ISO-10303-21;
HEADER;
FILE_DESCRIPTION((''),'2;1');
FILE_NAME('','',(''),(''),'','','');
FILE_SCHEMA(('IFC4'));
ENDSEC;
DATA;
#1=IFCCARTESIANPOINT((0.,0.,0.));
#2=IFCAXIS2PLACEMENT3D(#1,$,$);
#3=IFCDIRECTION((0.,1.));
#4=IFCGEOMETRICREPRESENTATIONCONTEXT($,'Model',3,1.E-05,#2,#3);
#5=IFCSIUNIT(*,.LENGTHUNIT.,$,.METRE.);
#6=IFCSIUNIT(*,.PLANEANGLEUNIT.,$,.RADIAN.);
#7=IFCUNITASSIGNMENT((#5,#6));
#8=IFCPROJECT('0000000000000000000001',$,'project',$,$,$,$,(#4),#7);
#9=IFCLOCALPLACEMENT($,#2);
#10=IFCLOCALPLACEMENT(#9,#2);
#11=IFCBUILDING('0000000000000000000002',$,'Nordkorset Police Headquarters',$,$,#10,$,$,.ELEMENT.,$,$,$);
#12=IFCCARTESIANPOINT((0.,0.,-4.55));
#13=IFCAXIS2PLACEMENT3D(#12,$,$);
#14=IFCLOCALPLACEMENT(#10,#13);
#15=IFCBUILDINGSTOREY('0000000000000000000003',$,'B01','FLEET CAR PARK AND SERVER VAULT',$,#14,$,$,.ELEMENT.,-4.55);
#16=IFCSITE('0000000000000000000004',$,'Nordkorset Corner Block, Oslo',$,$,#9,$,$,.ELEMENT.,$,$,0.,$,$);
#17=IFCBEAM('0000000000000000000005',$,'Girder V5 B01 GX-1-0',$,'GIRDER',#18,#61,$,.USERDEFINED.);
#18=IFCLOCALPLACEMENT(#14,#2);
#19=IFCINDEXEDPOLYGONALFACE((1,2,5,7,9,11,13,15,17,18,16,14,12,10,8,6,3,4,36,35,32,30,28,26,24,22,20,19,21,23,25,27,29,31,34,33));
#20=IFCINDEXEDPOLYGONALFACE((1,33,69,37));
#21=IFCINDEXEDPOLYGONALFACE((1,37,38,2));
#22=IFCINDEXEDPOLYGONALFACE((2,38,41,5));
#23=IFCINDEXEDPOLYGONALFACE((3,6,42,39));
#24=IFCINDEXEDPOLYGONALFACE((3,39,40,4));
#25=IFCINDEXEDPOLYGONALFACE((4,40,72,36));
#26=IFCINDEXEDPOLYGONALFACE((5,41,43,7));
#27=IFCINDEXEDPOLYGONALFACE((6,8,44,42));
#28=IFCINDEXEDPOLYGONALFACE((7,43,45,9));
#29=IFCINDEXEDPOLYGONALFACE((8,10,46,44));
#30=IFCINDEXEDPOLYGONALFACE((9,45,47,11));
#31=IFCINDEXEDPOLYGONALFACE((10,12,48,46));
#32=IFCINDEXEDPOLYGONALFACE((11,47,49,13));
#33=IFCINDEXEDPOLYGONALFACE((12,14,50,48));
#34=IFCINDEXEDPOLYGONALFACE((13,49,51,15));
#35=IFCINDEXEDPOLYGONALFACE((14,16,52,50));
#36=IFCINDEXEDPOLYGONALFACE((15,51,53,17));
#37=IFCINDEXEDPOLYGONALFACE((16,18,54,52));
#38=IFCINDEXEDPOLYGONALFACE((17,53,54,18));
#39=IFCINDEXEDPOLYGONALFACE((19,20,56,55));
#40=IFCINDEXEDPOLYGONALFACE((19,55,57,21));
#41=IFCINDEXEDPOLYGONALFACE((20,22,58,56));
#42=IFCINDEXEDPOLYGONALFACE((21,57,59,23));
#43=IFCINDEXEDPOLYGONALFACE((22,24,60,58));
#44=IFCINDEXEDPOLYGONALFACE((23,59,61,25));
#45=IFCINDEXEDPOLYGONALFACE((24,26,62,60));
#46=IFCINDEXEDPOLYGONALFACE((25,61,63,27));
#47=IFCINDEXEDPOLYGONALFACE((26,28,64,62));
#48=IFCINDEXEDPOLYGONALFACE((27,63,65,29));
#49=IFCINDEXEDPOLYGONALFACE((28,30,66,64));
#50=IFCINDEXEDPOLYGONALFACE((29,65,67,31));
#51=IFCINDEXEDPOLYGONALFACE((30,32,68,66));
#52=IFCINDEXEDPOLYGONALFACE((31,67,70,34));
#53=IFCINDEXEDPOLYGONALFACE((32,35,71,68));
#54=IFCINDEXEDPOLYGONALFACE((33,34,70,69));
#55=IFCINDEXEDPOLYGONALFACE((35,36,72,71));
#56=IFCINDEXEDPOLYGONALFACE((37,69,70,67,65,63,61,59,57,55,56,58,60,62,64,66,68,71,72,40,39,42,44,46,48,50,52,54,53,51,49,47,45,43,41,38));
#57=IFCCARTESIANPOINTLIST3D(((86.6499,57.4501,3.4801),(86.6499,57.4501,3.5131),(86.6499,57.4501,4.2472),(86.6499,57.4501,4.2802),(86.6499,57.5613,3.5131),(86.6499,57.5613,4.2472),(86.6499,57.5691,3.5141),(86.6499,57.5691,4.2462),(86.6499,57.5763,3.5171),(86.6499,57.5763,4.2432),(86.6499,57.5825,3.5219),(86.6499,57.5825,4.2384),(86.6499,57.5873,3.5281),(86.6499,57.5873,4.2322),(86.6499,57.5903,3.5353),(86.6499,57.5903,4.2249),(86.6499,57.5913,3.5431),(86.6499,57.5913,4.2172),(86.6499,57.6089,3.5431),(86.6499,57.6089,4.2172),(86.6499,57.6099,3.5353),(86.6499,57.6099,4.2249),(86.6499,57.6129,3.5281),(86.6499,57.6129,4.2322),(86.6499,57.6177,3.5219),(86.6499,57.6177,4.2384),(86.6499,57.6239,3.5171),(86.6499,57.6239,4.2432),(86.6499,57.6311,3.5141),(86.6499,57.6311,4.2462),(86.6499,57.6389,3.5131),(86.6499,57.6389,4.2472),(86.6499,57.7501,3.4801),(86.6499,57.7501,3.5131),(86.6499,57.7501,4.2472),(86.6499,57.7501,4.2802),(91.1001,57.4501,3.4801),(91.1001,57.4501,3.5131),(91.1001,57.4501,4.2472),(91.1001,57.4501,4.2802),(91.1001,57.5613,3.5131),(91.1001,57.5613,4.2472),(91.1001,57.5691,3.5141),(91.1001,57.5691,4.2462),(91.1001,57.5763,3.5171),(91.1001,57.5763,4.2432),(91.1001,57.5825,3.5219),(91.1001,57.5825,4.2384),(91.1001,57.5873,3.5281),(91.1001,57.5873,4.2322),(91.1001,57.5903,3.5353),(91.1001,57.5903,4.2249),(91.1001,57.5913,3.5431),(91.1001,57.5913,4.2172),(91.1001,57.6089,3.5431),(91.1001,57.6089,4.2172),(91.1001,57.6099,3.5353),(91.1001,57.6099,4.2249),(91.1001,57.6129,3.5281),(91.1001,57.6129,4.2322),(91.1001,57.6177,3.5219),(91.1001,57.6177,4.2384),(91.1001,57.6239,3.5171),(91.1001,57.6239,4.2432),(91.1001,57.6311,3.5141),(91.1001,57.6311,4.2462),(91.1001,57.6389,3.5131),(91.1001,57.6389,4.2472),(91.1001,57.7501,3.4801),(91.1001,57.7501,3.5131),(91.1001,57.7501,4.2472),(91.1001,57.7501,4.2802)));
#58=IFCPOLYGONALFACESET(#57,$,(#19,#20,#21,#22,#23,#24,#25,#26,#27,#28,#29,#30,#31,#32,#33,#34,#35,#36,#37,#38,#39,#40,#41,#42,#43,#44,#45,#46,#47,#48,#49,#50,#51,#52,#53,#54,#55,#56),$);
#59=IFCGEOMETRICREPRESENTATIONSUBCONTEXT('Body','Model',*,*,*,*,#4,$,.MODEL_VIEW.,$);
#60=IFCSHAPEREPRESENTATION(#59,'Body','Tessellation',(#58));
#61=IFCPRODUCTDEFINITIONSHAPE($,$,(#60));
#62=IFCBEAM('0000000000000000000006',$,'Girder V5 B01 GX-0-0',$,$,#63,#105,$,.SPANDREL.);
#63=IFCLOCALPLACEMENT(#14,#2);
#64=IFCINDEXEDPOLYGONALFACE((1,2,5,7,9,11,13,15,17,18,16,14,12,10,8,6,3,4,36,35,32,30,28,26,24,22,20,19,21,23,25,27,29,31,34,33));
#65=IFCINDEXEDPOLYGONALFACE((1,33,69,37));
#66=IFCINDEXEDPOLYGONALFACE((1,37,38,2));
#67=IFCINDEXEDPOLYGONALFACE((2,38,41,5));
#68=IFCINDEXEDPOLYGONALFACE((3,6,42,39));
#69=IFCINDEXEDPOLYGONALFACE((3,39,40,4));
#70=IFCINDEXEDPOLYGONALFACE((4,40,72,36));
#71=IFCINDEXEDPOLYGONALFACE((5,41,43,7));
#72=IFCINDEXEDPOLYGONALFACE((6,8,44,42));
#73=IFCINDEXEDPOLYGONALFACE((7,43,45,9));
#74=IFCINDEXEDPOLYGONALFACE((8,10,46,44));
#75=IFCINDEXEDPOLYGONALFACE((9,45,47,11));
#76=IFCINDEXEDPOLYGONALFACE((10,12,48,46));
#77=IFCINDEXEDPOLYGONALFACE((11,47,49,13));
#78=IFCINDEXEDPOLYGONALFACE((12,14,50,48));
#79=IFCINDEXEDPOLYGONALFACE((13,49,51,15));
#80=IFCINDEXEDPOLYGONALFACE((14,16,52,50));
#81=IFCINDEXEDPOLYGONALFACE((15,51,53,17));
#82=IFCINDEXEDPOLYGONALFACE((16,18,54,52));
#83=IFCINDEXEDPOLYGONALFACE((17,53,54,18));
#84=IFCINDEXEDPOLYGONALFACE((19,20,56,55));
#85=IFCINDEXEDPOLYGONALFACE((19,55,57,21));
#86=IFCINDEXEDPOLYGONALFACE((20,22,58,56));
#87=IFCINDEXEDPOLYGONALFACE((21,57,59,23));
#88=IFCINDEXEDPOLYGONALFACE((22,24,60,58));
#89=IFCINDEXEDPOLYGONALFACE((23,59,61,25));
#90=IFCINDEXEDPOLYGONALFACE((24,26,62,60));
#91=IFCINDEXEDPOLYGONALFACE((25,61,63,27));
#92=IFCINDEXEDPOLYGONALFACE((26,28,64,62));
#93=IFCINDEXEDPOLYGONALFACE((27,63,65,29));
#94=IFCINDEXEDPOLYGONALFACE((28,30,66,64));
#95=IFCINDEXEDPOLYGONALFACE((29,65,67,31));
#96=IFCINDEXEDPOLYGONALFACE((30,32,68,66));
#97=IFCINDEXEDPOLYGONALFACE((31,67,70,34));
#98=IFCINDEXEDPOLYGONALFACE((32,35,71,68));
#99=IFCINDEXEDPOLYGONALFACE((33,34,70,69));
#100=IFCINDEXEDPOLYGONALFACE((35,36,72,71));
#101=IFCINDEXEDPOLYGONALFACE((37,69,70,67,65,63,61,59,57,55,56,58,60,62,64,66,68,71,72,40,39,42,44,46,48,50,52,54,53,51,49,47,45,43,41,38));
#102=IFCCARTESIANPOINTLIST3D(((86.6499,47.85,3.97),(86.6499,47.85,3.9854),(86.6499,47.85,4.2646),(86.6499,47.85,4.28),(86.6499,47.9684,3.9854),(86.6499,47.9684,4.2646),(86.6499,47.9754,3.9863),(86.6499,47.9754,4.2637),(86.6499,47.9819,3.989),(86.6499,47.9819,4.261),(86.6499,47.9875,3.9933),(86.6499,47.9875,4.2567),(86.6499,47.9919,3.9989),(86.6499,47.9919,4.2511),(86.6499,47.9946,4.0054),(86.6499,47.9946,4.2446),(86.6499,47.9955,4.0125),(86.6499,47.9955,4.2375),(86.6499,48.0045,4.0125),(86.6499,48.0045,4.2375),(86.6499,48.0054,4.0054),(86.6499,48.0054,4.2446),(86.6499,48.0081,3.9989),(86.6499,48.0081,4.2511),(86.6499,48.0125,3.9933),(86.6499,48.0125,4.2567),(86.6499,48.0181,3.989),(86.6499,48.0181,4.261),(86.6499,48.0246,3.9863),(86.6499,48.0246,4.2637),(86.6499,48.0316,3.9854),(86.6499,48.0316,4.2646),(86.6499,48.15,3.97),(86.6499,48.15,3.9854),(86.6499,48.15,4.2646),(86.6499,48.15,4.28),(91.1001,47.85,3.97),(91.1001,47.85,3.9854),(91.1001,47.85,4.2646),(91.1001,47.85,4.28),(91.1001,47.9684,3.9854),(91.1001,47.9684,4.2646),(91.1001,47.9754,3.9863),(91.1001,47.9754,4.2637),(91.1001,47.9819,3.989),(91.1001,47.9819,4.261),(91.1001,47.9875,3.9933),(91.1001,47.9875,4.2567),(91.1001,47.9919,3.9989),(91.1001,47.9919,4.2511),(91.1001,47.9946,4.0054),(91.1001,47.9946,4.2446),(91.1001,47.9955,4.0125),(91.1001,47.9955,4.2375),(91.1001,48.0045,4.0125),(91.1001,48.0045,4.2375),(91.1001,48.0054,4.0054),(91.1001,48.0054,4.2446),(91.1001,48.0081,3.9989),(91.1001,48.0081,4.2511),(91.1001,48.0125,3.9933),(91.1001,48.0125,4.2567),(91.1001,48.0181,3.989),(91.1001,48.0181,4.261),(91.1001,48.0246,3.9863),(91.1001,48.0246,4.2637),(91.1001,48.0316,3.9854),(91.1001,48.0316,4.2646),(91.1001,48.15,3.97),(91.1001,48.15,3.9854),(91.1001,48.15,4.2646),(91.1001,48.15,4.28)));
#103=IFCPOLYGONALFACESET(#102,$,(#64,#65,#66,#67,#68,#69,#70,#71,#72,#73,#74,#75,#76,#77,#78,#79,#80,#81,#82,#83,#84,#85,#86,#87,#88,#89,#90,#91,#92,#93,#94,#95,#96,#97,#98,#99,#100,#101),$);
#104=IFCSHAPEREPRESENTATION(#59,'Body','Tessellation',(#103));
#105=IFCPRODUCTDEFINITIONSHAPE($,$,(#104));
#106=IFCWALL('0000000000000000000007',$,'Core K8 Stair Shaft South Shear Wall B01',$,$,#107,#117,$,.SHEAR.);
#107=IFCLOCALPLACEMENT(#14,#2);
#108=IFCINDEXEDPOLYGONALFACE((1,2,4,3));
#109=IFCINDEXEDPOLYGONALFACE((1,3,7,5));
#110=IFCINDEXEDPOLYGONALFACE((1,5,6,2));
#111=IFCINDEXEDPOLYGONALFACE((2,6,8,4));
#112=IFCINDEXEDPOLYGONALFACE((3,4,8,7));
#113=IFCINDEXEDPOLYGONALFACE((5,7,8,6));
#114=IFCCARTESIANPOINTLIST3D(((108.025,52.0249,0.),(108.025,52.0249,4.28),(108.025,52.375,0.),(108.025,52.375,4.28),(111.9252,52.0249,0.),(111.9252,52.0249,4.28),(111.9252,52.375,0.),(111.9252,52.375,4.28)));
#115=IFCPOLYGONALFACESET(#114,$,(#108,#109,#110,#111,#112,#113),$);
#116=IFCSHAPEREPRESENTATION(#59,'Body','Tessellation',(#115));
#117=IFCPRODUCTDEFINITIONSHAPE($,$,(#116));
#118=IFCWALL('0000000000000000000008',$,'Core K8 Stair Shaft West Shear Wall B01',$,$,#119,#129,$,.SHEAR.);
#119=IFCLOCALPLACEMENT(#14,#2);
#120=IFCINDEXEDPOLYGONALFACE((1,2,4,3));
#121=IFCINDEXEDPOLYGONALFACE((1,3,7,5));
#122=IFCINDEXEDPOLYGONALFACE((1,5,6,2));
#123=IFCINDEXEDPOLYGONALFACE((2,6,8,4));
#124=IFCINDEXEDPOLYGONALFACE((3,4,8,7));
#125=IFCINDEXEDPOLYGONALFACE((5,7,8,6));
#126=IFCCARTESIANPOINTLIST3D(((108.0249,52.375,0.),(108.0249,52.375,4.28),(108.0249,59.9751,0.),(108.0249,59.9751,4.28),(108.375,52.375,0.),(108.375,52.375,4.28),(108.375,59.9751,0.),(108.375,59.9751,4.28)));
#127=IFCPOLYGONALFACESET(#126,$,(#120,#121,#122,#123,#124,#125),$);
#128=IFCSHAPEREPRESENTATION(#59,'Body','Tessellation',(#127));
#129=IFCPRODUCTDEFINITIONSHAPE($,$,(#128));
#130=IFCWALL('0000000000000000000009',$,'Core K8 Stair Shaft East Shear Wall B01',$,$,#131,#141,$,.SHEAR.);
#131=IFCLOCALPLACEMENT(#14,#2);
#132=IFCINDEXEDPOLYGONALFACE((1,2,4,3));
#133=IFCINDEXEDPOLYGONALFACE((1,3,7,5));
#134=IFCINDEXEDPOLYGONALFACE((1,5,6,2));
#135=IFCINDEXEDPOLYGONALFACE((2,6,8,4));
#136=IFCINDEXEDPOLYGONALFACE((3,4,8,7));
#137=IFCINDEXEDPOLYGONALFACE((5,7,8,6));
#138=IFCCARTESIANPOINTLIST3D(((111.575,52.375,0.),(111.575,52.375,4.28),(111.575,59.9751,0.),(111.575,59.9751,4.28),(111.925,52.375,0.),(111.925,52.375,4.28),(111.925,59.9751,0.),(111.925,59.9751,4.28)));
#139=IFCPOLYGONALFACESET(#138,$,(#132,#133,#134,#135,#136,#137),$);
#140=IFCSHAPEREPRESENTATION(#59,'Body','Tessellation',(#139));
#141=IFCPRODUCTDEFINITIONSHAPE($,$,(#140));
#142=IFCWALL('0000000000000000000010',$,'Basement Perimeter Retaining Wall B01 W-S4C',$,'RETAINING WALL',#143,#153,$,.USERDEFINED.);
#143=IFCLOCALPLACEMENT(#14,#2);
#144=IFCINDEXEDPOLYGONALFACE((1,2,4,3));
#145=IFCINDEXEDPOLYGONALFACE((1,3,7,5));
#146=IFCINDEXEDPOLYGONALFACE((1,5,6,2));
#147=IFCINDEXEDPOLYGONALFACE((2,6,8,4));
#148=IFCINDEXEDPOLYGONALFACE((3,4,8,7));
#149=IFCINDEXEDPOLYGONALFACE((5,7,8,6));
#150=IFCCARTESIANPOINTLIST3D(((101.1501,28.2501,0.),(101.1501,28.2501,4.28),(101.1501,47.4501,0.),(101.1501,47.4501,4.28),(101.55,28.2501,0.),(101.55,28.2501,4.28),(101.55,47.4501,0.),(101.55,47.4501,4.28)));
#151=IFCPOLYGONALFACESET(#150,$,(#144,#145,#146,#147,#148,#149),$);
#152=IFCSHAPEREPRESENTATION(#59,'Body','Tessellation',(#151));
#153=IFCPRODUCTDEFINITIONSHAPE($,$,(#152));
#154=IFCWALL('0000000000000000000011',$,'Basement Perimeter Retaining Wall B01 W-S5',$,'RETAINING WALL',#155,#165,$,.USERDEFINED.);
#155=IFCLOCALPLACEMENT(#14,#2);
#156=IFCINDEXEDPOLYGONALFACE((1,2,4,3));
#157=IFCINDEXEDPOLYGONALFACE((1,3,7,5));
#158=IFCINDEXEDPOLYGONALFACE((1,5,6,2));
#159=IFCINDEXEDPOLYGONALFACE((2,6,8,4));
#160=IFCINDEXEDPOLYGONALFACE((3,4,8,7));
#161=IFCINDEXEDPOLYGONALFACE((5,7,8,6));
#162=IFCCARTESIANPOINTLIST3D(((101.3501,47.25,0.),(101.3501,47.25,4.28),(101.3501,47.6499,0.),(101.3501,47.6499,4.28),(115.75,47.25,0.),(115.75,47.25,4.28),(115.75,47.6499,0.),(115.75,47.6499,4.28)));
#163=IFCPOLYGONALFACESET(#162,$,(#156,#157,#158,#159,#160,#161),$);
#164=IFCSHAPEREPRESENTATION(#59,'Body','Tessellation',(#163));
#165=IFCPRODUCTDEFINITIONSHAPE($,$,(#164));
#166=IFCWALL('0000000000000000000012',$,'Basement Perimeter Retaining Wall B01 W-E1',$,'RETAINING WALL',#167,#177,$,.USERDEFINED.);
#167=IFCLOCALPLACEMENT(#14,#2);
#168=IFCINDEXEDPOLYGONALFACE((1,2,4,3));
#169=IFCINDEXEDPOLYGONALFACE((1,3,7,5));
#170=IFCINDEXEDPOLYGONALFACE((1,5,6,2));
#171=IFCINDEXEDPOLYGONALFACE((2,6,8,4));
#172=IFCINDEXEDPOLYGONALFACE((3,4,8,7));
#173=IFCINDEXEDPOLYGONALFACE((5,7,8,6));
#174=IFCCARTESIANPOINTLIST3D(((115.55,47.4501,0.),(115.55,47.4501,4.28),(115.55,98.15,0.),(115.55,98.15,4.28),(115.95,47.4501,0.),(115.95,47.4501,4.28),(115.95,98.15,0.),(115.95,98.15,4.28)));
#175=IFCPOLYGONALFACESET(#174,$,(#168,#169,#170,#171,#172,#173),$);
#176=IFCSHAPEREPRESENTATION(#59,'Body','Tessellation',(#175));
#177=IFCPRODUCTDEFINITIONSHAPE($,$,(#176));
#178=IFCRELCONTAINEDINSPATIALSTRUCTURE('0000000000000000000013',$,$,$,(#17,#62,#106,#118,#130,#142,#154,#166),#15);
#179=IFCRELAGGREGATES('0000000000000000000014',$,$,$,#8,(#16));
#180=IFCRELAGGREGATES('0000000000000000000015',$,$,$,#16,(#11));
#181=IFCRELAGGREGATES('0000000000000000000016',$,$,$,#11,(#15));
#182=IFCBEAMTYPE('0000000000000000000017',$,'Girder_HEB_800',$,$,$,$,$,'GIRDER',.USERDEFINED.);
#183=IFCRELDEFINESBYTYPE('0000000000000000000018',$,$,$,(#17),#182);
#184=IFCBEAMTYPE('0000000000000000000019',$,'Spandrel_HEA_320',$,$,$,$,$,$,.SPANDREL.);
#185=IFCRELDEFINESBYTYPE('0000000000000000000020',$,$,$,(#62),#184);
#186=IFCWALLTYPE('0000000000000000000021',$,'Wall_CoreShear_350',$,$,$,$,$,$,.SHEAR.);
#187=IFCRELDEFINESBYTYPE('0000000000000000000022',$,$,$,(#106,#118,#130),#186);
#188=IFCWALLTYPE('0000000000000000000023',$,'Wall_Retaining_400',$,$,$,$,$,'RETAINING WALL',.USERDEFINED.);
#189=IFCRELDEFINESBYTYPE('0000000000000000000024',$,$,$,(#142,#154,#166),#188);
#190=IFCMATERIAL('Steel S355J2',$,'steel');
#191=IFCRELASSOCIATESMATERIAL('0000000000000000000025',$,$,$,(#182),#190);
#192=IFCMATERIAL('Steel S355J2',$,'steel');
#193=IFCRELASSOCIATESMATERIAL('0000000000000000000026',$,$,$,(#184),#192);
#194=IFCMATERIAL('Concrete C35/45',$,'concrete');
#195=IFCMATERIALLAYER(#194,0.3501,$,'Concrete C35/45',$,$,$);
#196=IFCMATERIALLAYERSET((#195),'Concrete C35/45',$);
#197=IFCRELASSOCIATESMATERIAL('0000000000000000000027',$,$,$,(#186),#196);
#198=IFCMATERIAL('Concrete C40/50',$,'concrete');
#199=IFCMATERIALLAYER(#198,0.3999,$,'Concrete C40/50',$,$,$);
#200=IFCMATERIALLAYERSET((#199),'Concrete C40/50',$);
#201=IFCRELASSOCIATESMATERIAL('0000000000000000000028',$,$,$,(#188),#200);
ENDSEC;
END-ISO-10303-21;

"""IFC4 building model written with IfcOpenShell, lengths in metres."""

from ifc_helpers import new_model, si_unit, direction, frame, frame_2d, origin, origin_2d, place, context, subcontext, project, spatial, rectangle, i_section, extrude, material, layer, layer_set, material_profile, profile_set, type_object, element, save


model = new_model("IFC4")

# Units and contexts
model_context = context("Model", 3, precision=1e-05, world=origin(), true_north=direction((0.0, 1.0)))
body_context = subcontext(model_context, "Body", "Model", "MODEL_VIEW")
ifc_project = project(units=[si_unit("LENGTHUNIT", "METRE"), si_unit("PLANEANGLEUNIT", "RADIAN")], contexts=[model_context])

# Site, building, storey
site_placement = place(None, origin())
site = spatial("IfcSite", under=ifc_project, at=site_placement, Name="Nordkorset Corner Block, Oslo", CompositionType="ELEMENT", RefElevation=0.0)
building_placement = place(site_placement, origin())
building = spatial("IfcBuilding", under=site, at=building_placement, Name="Nordkorset Police Headquarters", CompositionType="ELEMENT")
storey_placement = place(building_placement, frame((0.0, 0.0, -4.55)))
storey = spatial("IfcBuildingStorey", under=building, at=storey_placement, Name="B01", Description="FLEET CAR PARK AND SERVER VAULT", CompositionType="ELEMENT", Elevation=-4.55)

# Beams
ifc_material_1 = material(Name="Steel S355J2", Category="steel")
ifc_material_profile_1 = material_profile(ifc_material_1, i_section(OverallWidth=0.3, OverallDepth=0.8, WebThickness=0.0176, FlangeThickness=0.033, FilletRadius=0.03, at=origin_2d()), Name="HEB 800")
ifc_profile_set_1 = profile_set([ifc_material_profile_1], Name="Steel S355J2")
beam_type_1 = type_object("IfcBeamType", Name="Girder_HEB_800", ElementType="GIRDER", PredefinedType="USERDEFINED", material=ifc_profile_set_1)
beam_1_placement = place(storey_placement, frame((86.6499, 57.6001, 3.8801), z_axis=(1.0, 0.0, 0.0), x_axis=(0.0, 1.0, 0.0)))
element("IfcBeam", 1, at=beam_1_placement, inside=storey, type_object=beam_type_1, Name="Girder V5 B01 GX-1-0", ObjectType="GIRDER", PredefinedType="USERDEFINED", context=body_context, shape_type="SweptSolid", body=[
    extrude(i_section(OverallWidth=0.3, OverallDepth=0.8, WebThickness=0.0176, FlangeThickness=0.033, FilletRadius=0.03, at=origin_2d()), origin(), (0.0, 0.0, 1.0), 4.4502),
])
ifc_material_2 = material(Name="Steel S355J2", Category="steel")
ifc_material_profile_2 = material_profile(ifc_material_2, i_section(OverallWidth=0.3, OverallDepth=0.3101, WebThickness=0.009, FlangeThickness=0.0154, FilletRadius=0.0271, at=origin_2d()), Name="HEA 320")
ifc_profile_set_2 = profile_set([ifc_material_profile_2], Name="Steel S355J2")
beam_type_2 = type_object("IfcBeamType", Name="Spandrel_HEA_320", PredefinedType="SPANDREL", material=ifc_profile_set_2)
beam_2_placement = place(storey_placement, frame((86.6499, 48.0, 4.125), z_axis=(1.0, 0.0, 0.0), x_axis=(0.0, 1.0, 0.0)))
element("IfcBeam", 2, at=beam_2_placement, inside=storey, type_object=beam_type_2, Name="Girder V5 B01 GX-0-0", PredefinedType="SPANDREL", context=body_context, shape_type="SweptSolid", body=[
    extrude(i_section(OverallWidth=0.3, OverallDepth=0.3101, WebThickness=0.009, FlangeThickness=0.0154, FilletRadius=0.0271, at=origin_2d()), origin(), (0.0, 0.0, 1.0), 4.4502),
])

# Walls
ifc_material_3 = material(Name="Concrete C35/45", Category="concrete")
ifc_layer_1 = layer(ifc_material_3, 0.3501, Name="Concrete C35/45")
ifc_layer_set_1 = layer_set([ifc_layer_1], Name="Concrete C35/45")
wall_type_1 = type_object("IfcWallType", Name="Wall_CoreShear_350", PredefinedType="SHEAR", material=ifc_layer_set_1)
wall_1_placement = place(storey_placement, frame((108.0249, 52.2, 0.0), z_axis=(0.0, 0.0, 1.0), x_axis=(1.0, 0.0, 0.0)))
element("IfcWall", 3, at=wall_1_placement, inside=storey, type_object=wall_type_1, Name="Core K8 Stair Shaft South Shear Wall B01", PredefinedType="SHEAR", context=body_context, shape_type="SweptSolid", body=[
    extrude(rectangle(XDim=3.9001, YDim=0.3501, at=frame_2d((1.9502, 0.0))), origin(), (0.0, 0.0, 1.0), 4.28),
])
for number, where, z_axis, x_axis, name in (
    (4, (108.2, 52.375, 0.0), (0.0, 0.0, 1.0), (0.0, 1.0, 0.0), "Core K8 Stair Shaft West Shear Wall B01"),
    (5, (111.75, 52.375, 0.0), (0.0, 0.0, 1.0), (0.0, 1.0, 0.0), "Core K8 Stair Shaft East Shear Wall B01"),
):
    element("IfcWall", number, at=place(storey_placement, frame(where, z_axis=z_axis, x_axis=x_axis)), inside=storey, type_object=wall_type_1, Name=name, PredefinedType="SHEAR", context=body_context, shape_type="SweptSolid", body=[
        extrude(rectangle(XDim=7.6001, YDim=0.3501, at=frame_2d((3.8, 0.0))), origin(), (0.0, 0.0, 1.0), 4.28),
    ])
ifc_material_4 = material(Name="Concrete C40/50", Category="concrete")
ifc_layer_2 = layer(ifc_material_4, 0.3999, Name="Concrete C40/50")
ifc_layer_set_2 = layer_set([ifc_layer_2], Name="Concrete C40/50")
wall_type_2 = type_object("IfcWallType", Name="Wall_Retaining_400", ElementType="RETAINING WALL", PredefinedType="USERDEFINED", material=ifc_layer_set_2)
wall_2_placement = place(storey_placement, frame((101.3501, 28.25, 0.0), z_axis=(0.0, 0.0, 1.0), x_axis=(0.0, 1.0, 0.0)))
element("IfcWall", 6, at=wall_2_placement, inside=storey, type_object=wall_type_2, Name="Basement Perimeter Retaining Wall B01 W-S4C", ObjectType="RETAINING WALL", PredefinedType="USERDEFINED", context=body_context, shape_type="SweptSolid", body=[
    extrude(rectangle(XDim=19.2, YDim=0.3999, at=frame_2d((9.6001, 0.0))), origin(), (0.0, 0.0, 1.0), 4.28),
])
wall_3_placement = place(storey_placement, frame((101.3501, 47.45, 0.0), z_axis=(0.0, 0.0, 1.0), x_axis=(1.0, 0.0, 0.0)))
element("IfcWall", 7, at=wall_3_placement, inside=storey, type_object=wall_type_2, Name="Basement Perimeter Retaining Wall B01 W-S5", ObjectType="RETAINING WALL", PredefinedType="USERDEFINED", context=body_context, shape_type="SweptSolid", body=[
    extrude(rectangle(XDim=14.3999, YDim=0.3999, at=frame_2d((7.2, 0.0))), origin(), (0.0, 0.0, 1.0), 4.28),
])
wall_4_placement = place(storey_placement, frame((115.75, 47.45, 0.0), z_axis=(0.0, 0.0, 1.0), x_axis=(0.0, 1.0, 0.0)))
element("IfcWall", 8, at=wall_4_placement, inside=storey, type_object=wall_type_2, Name="Basement Perimeter Retaining Wall B01 W-E1", ObjectType="RETAINING WALL", PredefinedType="USERDEFINED", context=body_context, shape_type="SweptSolid", body=[
    extrude(rectangle(XDim=50.7, YDim=0.3999, at=frame_2d((25.3501, 0.0))), origin(), (0.0, 0.0, 1.0), 4.28),
])

save(model, "model.ifc")
